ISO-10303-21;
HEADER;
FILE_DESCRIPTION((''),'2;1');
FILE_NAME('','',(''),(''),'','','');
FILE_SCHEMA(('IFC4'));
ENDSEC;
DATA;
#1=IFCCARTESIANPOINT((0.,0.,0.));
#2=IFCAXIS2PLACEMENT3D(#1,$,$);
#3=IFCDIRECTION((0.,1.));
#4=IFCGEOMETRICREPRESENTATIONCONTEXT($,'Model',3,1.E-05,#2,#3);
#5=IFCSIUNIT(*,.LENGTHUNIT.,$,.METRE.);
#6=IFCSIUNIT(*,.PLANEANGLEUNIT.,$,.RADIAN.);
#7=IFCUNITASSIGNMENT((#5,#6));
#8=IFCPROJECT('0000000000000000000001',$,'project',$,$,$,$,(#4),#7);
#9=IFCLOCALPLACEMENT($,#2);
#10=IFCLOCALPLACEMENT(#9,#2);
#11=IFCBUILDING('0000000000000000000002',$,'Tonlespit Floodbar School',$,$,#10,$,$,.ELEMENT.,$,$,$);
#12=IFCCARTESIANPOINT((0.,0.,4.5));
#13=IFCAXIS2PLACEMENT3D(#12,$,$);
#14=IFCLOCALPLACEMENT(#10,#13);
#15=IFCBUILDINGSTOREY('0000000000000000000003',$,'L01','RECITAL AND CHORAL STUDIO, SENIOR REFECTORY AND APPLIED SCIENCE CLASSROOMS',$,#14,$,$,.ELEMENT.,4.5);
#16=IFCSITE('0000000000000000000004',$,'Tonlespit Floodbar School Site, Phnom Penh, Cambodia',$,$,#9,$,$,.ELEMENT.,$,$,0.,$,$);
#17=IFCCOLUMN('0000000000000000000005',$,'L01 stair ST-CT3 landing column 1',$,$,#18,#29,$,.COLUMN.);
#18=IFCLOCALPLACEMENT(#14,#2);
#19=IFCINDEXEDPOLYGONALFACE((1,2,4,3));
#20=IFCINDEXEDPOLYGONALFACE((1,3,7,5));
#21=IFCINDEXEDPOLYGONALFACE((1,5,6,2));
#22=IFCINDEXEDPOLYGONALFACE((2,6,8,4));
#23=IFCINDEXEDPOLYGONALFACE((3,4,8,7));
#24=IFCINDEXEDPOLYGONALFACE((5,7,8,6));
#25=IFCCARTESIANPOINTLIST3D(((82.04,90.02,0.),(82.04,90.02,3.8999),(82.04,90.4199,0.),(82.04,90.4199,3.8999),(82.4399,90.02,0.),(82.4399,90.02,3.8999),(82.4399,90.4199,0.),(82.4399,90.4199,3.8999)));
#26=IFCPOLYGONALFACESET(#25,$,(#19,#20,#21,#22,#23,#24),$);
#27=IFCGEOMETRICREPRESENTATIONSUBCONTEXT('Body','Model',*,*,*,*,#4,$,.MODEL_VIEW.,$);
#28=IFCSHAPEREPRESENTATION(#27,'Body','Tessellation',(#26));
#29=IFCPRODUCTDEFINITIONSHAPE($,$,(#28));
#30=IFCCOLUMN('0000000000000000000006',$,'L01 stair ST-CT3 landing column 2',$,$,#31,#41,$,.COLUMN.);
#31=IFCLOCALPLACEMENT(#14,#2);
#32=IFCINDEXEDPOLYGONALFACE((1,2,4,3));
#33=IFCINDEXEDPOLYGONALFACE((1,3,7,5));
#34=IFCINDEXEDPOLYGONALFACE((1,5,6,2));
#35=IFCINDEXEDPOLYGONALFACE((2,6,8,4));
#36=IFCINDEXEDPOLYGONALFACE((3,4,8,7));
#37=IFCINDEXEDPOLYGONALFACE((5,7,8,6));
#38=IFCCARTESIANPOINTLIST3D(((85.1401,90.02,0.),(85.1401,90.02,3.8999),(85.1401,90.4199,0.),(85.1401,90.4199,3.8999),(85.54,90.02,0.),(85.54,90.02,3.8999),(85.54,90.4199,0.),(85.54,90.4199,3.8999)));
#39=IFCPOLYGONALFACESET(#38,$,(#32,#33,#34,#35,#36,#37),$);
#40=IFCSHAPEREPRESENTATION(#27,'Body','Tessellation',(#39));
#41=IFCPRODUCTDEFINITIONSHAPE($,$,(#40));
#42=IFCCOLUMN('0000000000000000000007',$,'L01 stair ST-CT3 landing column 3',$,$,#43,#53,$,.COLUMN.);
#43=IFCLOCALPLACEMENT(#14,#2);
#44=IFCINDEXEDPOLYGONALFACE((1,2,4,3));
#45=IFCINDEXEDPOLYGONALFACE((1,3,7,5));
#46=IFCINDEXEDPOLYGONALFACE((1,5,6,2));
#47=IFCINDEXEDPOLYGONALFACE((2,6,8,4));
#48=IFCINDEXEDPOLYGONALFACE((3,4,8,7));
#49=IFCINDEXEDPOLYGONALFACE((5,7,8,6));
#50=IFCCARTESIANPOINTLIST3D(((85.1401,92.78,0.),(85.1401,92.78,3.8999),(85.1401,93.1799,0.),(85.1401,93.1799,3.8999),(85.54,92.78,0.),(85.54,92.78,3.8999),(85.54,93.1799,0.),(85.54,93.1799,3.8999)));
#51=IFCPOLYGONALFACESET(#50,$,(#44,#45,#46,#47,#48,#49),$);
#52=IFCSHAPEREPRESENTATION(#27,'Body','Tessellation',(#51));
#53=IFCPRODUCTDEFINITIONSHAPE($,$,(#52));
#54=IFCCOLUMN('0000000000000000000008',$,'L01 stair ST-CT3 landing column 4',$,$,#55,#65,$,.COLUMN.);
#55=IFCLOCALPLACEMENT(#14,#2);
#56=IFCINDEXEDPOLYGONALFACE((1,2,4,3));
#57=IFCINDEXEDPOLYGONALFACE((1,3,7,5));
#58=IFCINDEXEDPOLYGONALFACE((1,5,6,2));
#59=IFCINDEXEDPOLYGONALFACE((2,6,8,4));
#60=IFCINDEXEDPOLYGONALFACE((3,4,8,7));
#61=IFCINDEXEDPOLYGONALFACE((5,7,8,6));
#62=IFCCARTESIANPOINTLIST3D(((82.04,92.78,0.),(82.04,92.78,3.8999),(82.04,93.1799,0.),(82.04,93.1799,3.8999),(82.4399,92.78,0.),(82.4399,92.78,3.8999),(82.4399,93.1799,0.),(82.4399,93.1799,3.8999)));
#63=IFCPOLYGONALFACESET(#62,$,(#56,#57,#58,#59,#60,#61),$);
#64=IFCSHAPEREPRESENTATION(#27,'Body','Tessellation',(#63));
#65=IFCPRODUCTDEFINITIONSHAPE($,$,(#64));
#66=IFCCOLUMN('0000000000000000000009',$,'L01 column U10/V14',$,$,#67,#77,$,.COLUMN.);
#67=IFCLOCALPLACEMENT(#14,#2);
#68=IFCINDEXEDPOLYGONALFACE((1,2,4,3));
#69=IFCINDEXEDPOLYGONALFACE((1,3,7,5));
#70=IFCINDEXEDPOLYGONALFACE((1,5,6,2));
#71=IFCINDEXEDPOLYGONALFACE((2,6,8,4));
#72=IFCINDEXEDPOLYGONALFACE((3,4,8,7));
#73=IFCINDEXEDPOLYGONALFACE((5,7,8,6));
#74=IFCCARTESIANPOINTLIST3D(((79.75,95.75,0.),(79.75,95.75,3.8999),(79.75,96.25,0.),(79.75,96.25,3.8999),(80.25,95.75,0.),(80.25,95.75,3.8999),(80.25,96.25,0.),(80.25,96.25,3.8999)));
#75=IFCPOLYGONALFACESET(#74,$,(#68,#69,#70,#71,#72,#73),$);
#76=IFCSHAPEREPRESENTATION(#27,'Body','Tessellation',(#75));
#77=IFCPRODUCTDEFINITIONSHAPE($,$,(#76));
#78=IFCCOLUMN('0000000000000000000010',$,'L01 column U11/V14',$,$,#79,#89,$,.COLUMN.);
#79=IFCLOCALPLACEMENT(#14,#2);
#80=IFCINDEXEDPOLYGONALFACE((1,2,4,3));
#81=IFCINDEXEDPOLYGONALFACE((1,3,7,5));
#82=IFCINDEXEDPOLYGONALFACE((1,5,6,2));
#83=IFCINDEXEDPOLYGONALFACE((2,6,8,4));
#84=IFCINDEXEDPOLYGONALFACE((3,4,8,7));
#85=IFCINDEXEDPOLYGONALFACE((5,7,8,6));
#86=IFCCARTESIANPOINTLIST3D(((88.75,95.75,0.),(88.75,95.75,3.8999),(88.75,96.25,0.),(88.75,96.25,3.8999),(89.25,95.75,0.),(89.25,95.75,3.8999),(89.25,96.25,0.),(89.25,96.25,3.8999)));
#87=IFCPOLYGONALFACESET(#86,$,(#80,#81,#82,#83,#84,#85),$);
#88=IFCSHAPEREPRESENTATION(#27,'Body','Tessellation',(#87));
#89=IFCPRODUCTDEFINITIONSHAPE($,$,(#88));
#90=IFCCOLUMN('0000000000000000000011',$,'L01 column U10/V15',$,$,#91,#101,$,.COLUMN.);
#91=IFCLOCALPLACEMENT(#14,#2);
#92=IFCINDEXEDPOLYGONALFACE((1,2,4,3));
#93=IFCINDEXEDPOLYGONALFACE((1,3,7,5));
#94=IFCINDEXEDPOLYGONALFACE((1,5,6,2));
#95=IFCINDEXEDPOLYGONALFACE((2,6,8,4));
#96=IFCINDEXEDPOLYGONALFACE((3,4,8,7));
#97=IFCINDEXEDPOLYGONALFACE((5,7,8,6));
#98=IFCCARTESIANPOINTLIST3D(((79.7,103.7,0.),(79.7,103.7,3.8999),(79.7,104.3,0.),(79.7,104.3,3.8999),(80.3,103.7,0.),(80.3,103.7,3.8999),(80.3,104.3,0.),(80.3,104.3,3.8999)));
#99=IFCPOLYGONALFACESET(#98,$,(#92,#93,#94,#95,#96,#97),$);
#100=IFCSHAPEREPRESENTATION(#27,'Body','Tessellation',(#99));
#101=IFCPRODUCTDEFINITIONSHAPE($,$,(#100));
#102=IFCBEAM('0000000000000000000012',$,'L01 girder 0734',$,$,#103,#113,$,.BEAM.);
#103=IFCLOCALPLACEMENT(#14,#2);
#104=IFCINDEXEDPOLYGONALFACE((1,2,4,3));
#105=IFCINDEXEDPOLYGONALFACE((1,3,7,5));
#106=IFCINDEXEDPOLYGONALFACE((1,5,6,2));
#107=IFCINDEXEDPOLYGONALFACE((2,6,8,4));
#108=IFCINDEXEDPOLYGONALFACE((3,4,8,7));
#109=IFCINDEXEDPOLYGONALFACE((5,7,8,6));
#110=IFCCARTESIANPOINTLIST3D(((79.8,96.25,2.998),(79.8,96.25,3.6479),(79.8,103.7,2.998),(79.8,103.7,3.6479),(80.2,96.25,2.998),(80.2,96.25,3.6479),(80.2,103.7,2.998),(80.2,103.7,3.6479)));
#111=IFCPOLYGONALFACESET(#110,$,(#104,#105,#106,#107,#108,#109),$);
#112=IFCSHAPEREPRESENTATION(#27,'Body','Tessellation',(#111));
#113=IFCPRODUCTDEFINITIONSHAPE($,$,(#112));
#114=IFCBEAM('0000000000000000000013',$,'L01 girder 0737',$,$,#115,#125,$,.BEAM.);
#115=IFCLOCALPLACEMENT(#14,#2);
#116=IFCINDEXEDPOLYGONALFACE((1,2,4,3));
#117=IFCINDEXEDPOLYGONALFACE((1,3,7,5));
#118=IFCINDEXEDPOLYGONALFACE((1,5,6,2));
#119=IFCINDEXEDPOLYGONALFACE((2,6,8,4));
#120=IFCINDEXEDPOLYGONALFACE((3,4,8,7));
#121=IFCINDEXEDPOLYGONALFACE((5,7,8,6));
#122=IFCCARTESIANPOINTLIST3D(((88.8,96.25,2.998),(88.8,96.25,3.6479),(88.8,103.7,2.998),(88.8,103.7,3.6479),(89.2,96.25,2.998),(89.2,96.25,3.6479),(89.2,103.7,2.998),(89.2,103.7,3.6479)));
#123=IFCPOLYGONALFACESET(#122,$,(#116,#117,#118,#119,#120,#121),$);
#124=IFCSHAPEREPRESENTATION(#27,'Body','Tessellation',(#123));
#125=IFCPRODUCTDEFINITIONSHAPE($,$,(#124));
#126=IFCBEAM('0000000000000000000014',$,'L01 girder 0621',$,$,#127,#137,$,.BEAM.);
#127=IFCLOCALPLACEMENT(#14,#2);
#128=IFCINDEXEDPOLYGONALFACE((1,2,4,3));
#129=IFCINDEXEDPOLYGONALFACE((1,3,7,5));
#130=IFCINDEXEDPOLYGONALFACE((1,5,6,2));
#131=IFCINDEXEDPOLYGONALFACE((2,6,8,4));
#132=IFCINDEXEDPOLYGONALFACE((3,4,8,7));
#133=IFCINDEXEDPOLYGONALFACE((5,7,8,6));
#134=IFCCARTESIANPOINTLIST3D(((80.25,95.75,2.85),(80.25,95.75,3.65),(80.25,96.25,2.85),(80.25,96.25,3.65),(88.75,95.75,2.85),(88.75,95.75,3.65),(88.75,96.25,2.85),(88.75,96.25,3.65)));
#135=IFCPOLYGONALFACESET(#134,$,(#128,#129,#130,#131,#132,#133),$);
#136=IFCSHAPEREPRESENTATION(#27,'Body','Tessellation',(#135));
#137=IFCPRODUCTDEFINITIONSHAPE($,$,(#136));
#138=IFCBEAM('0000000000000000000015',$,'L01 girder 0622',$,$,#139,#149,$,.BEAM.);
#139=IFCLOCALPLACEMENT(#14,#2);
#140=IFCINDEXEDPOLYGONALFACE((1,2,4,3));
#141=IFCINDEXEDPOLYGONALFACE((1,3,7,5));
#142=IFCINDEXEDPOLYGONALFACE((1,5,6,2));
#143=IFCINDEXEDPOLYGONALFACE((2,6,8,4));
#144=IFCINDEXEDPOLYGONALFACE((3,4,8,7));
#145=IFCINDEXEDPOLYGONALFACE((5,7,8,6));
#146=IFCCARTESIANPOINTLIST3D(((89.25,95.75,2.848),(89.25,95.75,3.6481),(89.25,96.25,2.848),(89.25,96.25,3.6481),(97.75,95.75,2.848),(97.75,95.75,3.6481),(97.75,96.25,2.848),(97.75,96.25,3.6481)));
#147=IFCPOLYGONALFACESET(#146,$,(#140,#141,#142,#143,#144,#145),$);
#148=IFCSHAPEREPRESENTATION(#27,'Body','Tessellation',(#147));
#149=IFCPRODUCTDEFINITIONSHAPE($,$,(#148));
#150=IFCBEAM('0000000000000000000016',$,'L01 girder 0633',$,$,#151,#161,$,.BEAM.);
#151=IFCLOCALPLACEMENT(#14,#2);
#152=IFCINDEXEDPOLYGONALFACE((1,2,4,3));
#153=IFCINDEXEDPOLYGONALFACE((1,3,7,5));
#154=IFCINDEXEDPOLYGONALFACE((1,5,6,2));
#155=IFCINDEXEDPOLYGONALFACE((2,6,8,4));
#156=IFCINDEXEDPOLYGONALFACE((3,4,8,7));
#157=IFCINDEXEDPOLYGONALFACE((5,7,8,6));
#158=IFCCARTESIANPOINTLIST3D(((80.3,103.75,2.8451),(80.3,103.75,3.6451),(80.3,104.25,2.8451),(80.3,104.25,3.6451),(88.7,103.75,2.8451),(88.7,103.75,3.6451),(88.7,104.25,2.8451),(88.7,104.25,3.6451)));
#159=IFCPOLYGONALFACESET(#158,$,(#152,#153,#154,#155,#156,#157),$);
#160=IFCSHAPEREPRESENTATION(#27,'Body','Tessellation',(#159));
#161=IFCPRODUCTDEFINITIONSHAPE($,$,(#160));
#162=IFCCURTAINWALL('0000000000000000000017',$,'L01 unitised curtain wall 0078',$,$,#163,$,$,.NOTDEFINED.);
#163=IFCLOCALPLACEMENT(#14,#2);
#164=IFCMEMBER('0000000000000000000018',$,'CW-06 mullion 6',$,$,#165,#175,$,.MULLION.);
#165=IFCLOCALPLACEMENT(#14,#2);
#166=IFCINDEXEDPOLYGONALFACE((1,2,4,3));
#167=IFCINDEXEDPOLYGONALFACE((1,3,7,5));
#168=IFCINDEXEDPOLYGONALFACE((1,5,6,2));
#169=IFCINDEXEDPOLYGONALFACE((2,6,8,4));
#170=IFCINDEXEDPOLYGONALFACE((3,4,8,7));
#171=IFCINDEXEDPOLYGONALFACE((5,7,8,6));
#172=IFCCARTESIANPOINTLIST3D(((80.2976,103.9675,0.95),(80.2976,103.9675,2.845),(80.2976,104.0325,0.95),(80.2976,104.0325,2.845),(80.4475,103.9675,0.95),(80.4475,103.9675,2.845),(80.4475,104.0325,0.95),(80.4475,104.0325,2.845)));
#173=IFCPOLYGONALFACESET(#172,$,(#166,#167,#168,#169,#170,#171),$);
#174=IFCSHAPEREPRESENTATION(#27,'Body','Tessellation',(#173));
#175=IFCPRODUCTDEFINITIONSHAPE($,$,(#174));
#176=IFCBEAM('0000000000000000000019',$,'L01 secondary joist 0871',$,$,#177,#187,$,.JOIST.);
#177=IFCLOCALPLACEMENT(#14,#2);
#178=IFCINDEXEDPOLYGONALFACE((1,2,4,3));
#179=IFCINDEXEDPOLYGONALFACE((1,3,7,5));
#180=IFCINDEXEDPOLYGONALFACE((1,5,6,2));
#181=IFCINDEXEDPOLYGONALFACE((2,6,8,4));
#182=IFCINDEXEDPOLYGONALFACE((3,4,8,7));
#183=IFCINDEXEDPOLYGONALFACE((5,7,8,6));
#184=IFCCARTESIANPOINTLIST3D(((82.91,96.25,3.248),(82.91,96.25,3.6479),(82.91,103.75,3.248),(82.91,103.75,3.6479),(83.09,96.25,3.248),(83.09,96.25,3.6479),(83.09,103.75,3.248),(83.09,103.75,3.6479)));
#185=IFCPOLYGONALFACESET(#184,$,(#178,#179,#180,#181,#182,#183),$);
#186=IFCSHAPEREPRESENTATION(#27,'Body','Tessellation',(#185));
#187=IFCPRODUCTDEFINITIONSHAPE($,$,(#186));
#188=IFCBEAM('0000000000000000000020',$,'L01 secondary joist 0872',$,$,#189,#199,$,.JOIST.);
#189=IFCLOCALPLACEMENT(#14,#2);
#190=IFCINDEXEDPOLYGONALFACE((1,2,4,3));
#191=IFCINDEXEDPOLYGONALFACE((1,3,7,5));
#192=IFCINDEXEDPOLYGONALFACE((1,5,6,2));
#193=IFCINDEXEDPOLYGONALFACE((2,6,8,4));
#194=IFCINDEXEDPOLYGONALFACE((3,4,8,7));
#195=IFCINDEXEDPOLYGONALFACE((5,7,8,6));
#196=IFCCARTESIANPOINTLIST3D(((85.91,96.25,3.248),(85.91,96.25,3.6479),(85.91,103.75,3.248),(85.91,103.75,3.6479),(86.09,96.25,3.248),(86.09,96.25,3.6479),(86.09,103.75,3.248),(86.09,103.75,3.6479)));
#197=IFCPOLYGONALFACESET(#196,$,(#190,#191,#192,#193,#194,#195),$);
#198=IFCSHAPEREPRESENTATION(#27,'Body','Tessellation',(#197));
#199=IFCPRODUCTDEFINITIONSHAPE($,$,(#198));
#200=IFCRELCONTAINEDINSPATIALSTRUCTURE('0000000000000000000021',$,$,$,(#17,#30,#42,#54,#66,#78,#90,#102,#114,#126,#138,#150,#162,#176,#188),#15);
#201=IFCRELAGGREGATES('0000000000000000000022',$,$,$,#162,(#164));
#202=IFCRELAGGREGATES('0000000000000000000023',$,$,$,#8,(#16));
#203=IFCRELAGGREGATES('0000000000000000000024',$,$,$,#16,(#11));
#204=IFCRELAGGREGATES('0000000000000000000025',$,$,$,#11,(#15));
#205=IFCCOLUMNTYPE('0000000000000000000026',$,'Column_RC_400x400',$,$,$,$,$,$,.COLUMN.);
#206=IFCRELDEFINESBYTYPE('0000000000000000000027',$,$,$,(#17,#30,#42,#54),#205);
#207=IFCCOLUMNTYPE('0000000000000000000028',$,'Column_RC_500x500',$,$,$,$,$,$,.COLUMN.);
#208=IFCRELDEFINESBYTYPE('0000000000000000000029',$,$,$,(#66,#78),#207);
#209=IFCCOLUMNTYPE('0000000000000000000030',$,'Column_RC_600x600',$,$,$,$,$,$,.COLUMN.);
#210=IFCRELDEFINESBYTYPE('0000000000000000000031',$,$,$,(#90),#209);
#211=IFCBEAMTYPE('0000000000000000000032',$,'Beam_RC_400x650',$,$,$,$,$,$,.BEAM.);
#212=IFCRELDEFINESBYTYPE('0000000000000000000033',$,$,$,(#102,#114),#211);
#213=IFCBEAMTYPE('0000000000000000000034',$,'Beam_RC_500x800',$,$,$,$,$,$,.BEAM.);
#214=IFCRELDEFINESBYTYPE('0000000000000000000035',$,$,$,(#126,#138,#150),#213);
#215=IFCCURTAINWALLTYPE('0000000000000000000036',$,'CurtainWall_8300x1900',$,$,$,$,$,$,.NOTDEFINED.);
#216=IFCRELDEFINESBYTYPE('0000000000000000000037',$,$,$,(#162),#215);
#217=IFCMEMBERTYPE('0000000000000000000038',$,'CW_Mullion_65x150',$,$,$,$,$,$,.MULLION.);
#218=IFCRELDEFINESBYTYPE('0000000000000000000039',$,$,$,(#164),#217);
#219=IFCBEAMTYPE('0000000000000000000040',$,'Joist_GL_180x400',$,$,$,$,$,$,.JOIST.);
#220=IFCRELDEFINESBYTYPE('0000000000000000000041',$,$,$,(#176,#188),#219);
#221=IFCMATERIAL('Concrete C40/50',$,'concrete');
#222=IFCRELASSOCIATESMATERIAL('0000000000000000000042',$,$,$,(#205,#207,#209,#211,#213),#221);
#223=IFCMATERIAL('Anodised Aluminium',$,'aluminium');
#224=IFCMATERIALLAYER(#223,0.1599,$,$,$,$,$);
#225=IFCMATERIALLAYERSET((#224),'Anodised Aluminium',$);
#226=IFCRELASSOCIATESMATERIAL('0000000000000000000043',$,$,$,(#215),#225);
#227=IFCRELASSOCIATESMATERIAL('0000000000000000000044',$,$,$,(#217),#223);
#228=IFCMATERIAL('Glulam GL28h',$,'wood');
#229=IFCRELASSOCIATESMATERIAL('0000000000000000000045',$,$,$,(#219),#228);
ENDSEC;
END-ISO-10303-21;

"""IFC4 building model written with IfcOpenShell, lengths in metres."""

from ifc_helpers import new_model, si_unit, direction, frame, origin, origin_2d, place, context, subcontext, project, spatial, rectangle, extrude, material, layer, layer_set, material_profile, profile_set, type_object, element, aggregate, save


model = new_model("IFC4")

# Units and contexts
model_context = context("Model", 3, precision=1e-05, world=origin(), true_north=direction((0.0, 1.0)))
body_context = subcontext(model_context, "Body", "Model", "MODEL_VIEW")
ifc_project = project(units=[si_unit("LENGTHUNIT", "METRE"), si_unit("PLANEANGLEUNIT", "RADIAN")], contexts=[model_context])

# Site, building, storey
site_placement = place(None, origin())
site = spatial("IfcSite", under=ifc_project, at=site_placement, Name="Tonlespit Floodbar School Site, Phnom Penh, Cambodia", CompositionType="ELEMENT", RefElevation=0.0)
building_placement = place(site_placement, origin())
building = spatial("IfcBuilding", under=site, at=building_placement, Name="Tonlespit Floodbar School", CompositionType="ELEMENT")
storey_placement = place(building_placement, frame((0.0, 0.0, 4.5)))
storey = spatial("IfcBuildingStorey", under=building, at=storey_placement, Name="L01", Description="RECITAL AND CHORAL STUDIO, SENIOR REFECTORY AND APPLIED SCIENCE CLASSROOMS", CompositionType="ELEMENT", Elevation=4.5)

# Columns
ifc_material_1 = material(Name="Concrete C40/50", Category="concrete")
ifc_material_profile_1 = material_profile(ifc_material_1, rectangle(XDim=0.3999, YDim=0.3999, at=origin_2d()), Name="RC 400x400")
ifc_profile_set_1 = profile_set([ifc_material_profile_1], Name="Concrete C40/50")
column_type_1 = type_object("IfcColumnType", Name="Column_RC_400x400", PredefinedType="COLUMN", material=ifc_profile_set_1)
for number, where, z_axis, x_axis, name in (
    (1, (82.24, 90.22, 0.0), (0.0, 0.0, 1.0), (1.0, 0.0, 0.0), "L01 stair ST-CT3 landing column 1"),
    (2, (85.3401, 90.22, 0.0), (0.0, 0.0, 1.0), (1.0, 0.0, 0.0), "L01 stair ST-CT3 landing column 2"),
    (3, (85.3401, 92.98, 0.0), (0.0, 0.0, 1.0), (1.0, 0.0, 0.0), "L01 stair ST-CT3 landing column 3"),
    (4, (82.24, 92.98, 0.0), (0.0, 0.0, 1.0), (1.0, 0.0, 0.0), "L01 stair ST-CT3 landing column 4"),
):
    element("IfcColumn", number, at=place(storey_placement, frame(where, z_axis=z_axis, x_axis=x_axis)), inside=storey, type_object=column_type_1, Name=name, PredefinedType="COLUMN", context=body_context, shape_type="SweptSolid", body=[
        extrude(rectangle(XDim=0.3999, YDim=0.3999, at=origin_2d()), origin(), (0.0, 0.0, 1.0), 3.8999),
    ])
ifc_material_profile_2 = material_profile(ifc_material_1, rectangle(XDim=0.5, YDim=0.5, at=origin_2d()), Name="RC 500x500")
ifc_profile_set_2 = profile_set([ifc_material_profile_2], Name="Concrete C40/50")
column_type_2 = type_object("IfcColumnType", Name="Column_RC_500x500", PredefinedType="COLUMN", material=ifc_profile_set_2)
for number, where, z_axis, x_axis, name in (
    (5, (80.0, 96.0, 0.0), (0.0, 0.0, 1.0), (1.0, 0.0, 0.0), "L01 column U10/V14"),
    (6, (89.0, 96.0, 0.0), (0.0, 0.0, 1.0), (1.0, 0.0, 0.0), "L01 column U11/V14"),
):
    element("IfcColumn", number, at=place(storey_placement, frame(where, z_axis=z_axis, x_axis=x_axis)), inside=storey, type_object=column_type_2, Name=name, PredefinedType="COLUMN", context=body_context, shape_type="SweptSolid", body=[
        extrude(rectangle(XDim=0.5, YDim=0.5, at=origin_2d()), origin(), (0.0, 0.0, 1.0), 3.8999),
    ])
ifc_material_profile_3 = material_profile(ifc_material_1, rectangle(XDim=0.6001, YDim=0.6001, at=origin_2d()), Name="RC 600x600")
ifc_profile_set_3 = profile_set([ifc_material_profile_3], Name="Concrete C40/50")
column_type_3 = type_object("IfcColumnType", Name="Column_RC_600x600", PredefinedType="COLUMN", material=ifc_profile_set_3)
column_placement = place(storey_placement, frame((80.0, 104.0, 0.0), z_axis=(0.0, 0.0, 1.0), x_axis=(1.0, 0.0, 0.0)))
element("IfcColumn", 7, at=column_placement, inside=storey, type_object=column_type_3, Name="L01 column U10/V15", PredefinedType="COLUMN", context=body_context, shape_type="SweptSolid", body=[
    extrude(rectangle(XDim=0.6001, YDim=0.6001, at=origin_2d()), origin(), (0.0, 0.0, 1.0), 3.8999),
])

# Beams
ifc_material_profile_4 = material_profile(ifc_material_1, rectangle(XDim=0.3999, YDim=0.6499, at=origin_2d()), Name="RC 400x650")
ifc_profile_set_4 = profile_set([ifc_material_profile_4], Name="Concrete C40/50")
beam_type_1 = type_object("IfcBeamType", Name="Beam_RC_400x650", PredefinedType="BEAM", material=ifc_profile_set_4)
for number, where, z_axis, x_axis, name in (
    (8, (80.0, 96.25, 3.323), (0.0, 1.0, 0.0), (-1.0, 0.0, 0.0), "L01 girder 0734"),
    (9, (89.0, 96.25, 3.323), (0.0, 1.0, 0.0), (-1.0, 0.0, 0.0), "L01 girder 0737"),
):
    element("IfcBeam", number, at=place(storey_placement, frame(where, z_axis=z_axis, x_axis=x_axis)), inside=storey, type_object=beam_type_1, Name=name, PredefinedType="BEAM", context=body_context, shape_type="SweptSolid", body=[
        extrude(rectangle(XDim=0.3999, YDim=0.6499, at=origin_2d()), origin(), (0.0, 0.0, 1.0), 7.45),
    ])
ifc_material_profile_5 = material_profile(ifc_material_1, rectangle(XDim=0.5, YDim=0.8, at=origin_2d()), Name="RC 500x800")
ifc_profile_set_5 = profile_set([ifc_material_profile_5], Name="Concrete C40/50")
beam_type_2 = type_object("IfcBeamType", Name="Beam_RC_500x800", PredefinedType="BEAM", material=ifc_profile_set_5)
for number, where, z_axis, x_axis, name in (
    (10, (80.25, 96.0, 3.25), (1.0, 0.0, 0.0), (0.0, 1.0, 0.0), "L01 girder 0621"),
    (11, (89.25, 96.0, 3.248), (1.0, 0.0, 0.0), (0.0, 1.0, 0.0), "L01 girder 0622"),
):
    element("IfcBeam", number, at=place(storey_placement, frame(where, z_axis=z_axis, x_axis=x_axis)), inside=storey, type_object=beam_type_2, Name=name, PredefinedType="BEAM", context=body_context, shape_type="SweptSolid", body=[
        extrude(rectangle(XDim=0.5, YDim=0.8, at=origin_2d()), origin(), (0.0, 0.0, 1.0), 8.5),
    ])
beam_placement = place(storey_placement, frame((80.3, 104.0, 3.2451), z_axis=(1.0, 0.0, 0.0), x_axis=(0.0, 1.0, 0.0)))
element("IfcBeam", 12, at=beam_placement, inside=storey, type_object=beam_type_2, Name="L01 girder 0633", PredefinedType="BEAM", context=body_context, shape_type="SweptSolid", body=[
    extrude(rectangle(XDim=0.5, YDim=0.8, at=origin_2d()), origin(), (0.0, 0.0, 1.0), 8.3999),
])

# Curtain wall, member
ifc_material_2 = material(Name="Anodised Aluminium", Category="aluminium")
ifc_layer_1 = layer(ifc_material_2, 0.1599)
ifc_layer_set_1 = layer_set([ifc_layer_1], Name="Anodised Aluminium")
curtain_wall_type = type_object("IfcCurtainWallType", Name="CurtainWall_8300x1900", PredefinedType="NOTDEFINED", material=ifc_layer_set_1)
curtain_wall_placement = place(storey_placement, origin())
curtain_wall = element("IfcCurtainWall", 13, at=curtain_wall_placement, inside=storey, type_object=curtain_wall_type, Name="L01 unitised curtain wall 0078", PredefinedType="NOTDEFINED")
ifc_material_profile_6 = material_profile(ifc_material_2, rectangle(XDim=0.0649, YDim=0.1499, at=origin_2d()), Name="ALU M65x150")
ifc_profile_set_6 = profile_set([ifc_material_profile_6], Name="Anodised Aluminium")
member_type = type_object("IfcMemberType", Name="CW_Mullion_65x150", PredefinedType="MULLION", material=ifc_profile_set_6)
member_placement = place(storey_placement, frame((80.3726, 104.0, 0.95), z_axis=(0.0, 0.0, 1.0), x_axis=(0.0, -1.0, 0.0)))
member = element("IfcMember", 14, at=member_placement, type_object=member_type, Name="CW-06 mullion 6", PredefinedType="MULLION", context=body_context, shape_type="SweptSolid", body=[
    extrude(rectangle(XDim=0.0649, YDim=0.1499, at=origin_2d()), origin(), (0.0, 0.0, 1.0), 1.895),
])
aggregate(curtain_wall, [member])

# Beams
ifc_material_3 = material(Name="Glulam GL28h", Category="wood")
ifc_material_profile_7 = material_profile(ifc_material_3, rectangle(XDim=0.1799, YDim=0.3999, at=origin_2d()), Name="GL 180x400")
ifc_profile_set_7 = profile_set([ifc_material_profile_7], Name="Glulam GL28h")
beam_type_3 = type_object("IfcBeamType", Name="Joist_GL_180x400", PredefinedType="JOIST", material=ifc_profile_set_7)
for number, where, z_axis, x_axis, name in (
    (15, (83.0, 96.25, 3.448), (0.0, 1.0, 0.0), (-1.0, 0.0, 0.0), "L01 secondary joist 0871"),
    (16, (86.0, 96.25, 3.448), (0.0, 1.0, 0.0), (-1.0, 0.0, 0.0), "L01 secondary joist 0872"),
):
    element("IfcBeam", number, at=place(storey_placement, frame(where, z_axis=z_axis, x_axis=x_axis)), inside=storey, type_object=beam_type_3, Name=name, PredefinedType="JOIST", context=body_context, shape_type="SweptSolid", body=[
        extrude(rectangle(XDim=0.1799, YDim=0.3999, at=origin_2d()), origin(), (0.0, 0.0, 1.0), 7.5),
    ])

save(model, "model.ifc")
